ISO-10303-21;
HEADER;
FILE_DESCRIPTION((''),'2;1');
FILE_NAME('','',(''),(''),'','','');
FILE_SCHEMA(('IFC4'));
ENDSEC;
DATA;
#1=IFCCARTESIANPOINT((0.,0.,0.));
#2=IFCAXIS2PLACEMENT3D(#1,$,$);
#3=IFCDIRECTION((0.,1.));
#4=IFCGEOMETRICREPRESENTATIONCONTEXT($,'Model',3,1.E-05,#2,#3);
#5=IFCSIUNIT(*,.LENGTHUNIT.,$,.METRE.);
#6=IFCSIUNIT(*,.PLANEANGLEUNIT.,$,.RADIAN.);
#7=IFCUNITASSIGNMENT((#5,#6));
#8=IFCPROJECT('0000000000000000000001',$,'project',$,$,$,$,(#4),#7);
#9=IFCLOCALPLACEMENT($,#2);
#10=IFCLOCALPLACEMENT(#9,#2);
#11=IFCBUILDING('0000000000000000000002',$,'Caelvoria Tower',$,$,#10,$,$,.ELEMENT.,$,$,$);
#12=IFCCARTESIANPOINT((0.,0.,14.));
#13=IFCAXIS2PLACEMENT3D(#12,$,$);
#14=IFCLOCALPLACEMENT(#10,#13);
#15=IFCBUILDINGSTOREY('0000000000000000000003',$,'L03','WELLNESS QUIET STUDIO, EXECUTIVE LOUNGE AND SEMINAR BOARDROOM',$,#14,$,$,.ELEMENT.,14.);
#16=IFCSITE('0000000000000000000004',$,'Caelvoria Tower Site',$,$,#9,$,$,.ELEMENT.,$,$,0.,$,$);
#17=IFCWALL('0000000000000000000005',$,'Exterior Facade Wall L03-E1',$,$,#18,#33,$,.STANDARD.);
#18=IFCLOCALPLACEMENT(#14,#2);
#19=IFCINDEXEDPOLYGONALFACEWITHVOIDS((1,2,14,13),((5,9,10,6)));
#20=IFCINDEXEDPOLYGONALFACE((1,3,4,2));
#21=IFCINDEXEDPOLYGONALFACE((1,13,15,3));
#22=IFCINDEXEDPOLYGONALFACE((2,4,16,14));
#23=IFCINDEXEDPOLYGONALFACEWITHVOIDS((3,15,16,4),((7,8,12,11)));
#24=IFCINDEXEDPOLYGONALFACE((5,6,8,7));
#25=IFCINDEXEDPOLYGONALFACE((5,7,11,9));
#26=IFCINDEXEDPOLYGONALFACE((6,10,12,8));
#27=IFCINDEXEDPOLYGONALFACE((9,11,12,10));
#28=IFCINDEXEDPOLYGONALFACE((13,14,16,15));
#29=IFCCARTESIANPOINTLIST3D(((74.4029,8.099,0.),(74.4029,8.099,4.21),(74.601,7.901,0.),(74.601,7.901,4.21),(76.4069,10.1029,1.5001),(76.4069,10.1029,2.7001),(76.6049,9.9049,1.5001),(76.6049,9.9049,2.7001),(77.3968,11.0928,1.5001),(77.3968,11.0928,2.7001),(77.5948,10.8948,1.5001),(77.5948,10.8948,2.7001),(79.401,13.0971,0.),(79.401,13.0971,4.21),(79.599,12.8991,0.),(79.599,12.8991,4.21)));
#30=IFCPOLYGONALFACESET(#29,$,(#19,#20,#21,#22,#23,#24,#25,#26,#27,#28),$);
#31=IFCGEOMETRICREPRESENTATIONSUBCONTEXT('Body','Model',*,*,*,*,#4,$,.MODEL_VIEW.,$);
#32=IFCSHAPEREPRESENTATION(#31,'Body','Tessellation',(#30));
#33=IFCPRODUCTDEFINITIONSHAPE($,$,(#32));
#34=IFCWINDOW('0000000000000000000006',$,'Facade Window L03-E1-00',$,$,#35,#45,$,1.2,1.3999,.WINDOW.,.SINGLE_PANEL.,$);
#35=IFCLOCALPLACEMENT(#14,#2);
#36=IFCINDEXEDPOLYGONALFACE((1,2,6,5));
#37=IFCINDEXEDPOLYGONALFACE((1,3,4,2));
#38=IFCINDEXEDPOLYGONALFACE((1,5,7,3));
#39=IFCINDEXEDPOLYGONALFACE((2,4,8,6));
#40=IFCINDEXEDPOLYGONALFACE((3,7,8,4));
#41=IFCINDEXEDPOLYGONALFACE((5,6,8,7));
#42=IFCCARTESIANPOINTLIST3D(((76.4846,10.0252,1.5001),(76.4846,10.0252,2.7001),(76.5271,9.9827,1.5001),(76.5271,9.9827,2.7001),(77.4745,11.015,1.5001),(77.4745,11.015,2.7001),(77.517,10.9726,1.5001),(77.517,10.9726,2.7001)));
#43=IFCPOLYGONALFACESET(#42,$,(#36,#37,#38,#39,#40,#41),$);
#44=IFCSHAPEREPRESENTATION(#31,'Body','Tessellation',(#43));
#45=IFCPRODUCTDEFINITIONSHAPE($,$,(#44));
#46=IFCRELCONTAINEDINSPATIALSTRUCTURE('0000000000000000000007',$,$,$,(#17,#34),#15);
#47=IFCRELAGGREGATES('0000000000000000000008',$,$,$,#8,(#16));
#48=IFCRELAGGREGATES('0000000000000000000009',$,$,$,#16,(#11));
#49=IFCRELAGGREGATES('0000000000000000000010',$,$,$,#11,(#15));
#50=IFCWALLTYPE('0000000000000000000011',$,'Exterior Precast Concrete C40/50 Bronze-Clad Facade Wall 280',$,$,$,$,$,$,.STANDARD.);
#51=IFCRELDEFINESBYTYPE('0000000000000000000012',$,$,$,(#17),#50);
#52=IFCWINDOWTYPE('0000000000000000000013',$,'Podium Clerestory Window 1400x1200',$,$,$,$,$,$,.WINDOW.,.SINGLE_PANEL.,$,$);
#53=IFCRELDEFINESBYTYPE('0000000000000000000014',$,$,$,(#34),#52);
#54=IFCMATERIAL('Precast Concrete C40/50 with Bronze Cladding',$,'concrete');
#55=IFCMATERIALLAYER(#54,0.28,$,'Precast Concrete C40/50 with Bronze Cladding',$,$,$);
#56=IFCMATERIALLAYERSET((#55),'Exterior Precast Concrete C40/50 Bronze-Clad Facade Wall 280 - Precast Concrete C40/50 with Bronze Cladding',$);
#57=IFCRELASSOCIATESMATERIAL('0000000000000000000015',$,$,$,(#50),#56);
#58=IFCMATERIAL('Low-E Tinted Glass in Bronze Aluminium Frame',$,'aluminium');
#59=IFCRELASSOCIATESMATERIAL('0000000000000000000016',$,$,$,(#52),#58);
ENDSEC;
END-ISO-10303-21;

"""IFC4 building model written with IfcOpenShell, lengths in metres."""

from ifc_helpers import new_model, si_unit, direction, frame, frame_2d, origin, place, context, subcontext, project, spatial, rectangle, extrude, material, layer, layer_set, type_object, element, fill, save


model = new_model("IFC4")

# Units and contexts
model_context = context("Model", 3, precision=1e-05, world=origin(), true_north=direction((0.0, 1.0)))
body_context = subcontext(model_context, "Body", "Model", "MODEL_VIEW")
ifc_project = project(units=[si_unit("LENGTHUNIT", "METRE"), si_unit("PLANEANGLEUNIT", "RADIAN")], contexts=[model_context])

# Site, building, storey
site_placement = place(None, origin())
site = spatial("IfcSite", under=ifc_project, at=site_placement, Name="Caelvoria Tower Site", CompositionType="ELEMENT", RefElevation=0.0)
building_placement = place(site_placement, origin())
building = spatial("IfcBuilding", under=site, at=building_placement, Name="Caelvoria Tower", CompositionType="ELEMENT")
storey_placement = place(building_placement, frame((0.0, 0.0, 14.0)))
storey = spatial("IfcBuildingStorey", under=building, at=storey_placement, Name="L03", Description="WELLNESS QUIET STUDIO, EXECUTIVE LOUNGE AND SEMINAR BOARDROOM", CompositionType="ELEMENT", Elevation=14.0)

# Wall, opening, window
ifc_material_1 = material(Name="Precast Concrete C40/50 with Bronze Cladding", Category="concrete")
ifc_layer_1 = layer(ifc_material_1, 0.28, Name="Precast Concrete C40/50 with Bronze Cladding")
ifc_layer_set_1 = layer_set([ifc_layer_1], Name="Exterior Precast Concrete C40/50 Bronze-Clad Facade Wall 280 - Precast Concrete C40/50 with Bronze Cladding")
wall_type_1 = type_object("IfcWallType", Name="Exterior Precast Concrete C40/50 Bronze-Clad Facade Wall 280", PredefinedType="STANDARD", material=ifc_layer_set_1)
wall_1_placement = place(storey_placement, frame((74.502, 8.0, 0.0), z_axis=(0.0, 0.0, 1.0), x_axis=(0.707107, 0.707107, 0.0)))
wall_1 = element("IfcWall", 1, at=wall_1_placement, inside=storey, type_object=wall_type_1, Name="Exterior Facade Wall L03-E1", PredefinedType="STANDARD", context=body_context, shape_type="SweptSolid", body=[
    extrude(rectangle(XDim=7.0684, YDim=0.28, at=frame_2d((3.5342, 0.0))), origin(), (0.0, 0.0, 1.0), 4.21),
])
opening_1_placement = place(wall_1_placement, frame((2.834, 0.0, 1.5)))
opening_1 = element("IfcOpeningElement", 2, at=opening_1_placement, cuts=wall_1, PredefinedType="OPENING", context=body_context, shape_type="SweptSolid", body=[
    extrude(rectangle(XDim=1.3999, YDim=1.2, at=frame_2d((0.7, 0.6001))), frame((0.0, 0.1499, 0.0), z_axis=(0.0, -1.0, 0.0), x_axis=(1.0, 0.0, 0.0)), (0.0, 0.0, 1.0), 0.3),
])
ifc_material_2 = material(Name="Low-E Tinted Glass in Bronze Aluminium Frame", Category="aluminium")
window_type_1 = type_object("IfcWindowType", Name="Podium Clerestory Window 1400x1200", PartitioningType="SINGLE_PANEL", PredefinedType="WINDOW", material=ifc_material_2)
window_1_placement = place(opening_1_placement, origin())
window_1 = element("IfcWindow", 3, at=window_1_placement, inside=storey, type_object=window_type_1, Name="Facade Window L03-E1-00", OverallHeight=1.2, OverallWidth=1.3999, PartitioningType="SINGLE_PANEL", PredefinedType="WINDOW", context=body_context, shape_type="SweptSolid", body=[
    extrude(rectangle(XDim=1.3999, YDim=1.2, at=frame_2d((0.7, 0.6001))), frame((0.0, 0.03, 0.0), z_axis=(0.0, -1.0, 0.0), x_axis=(1.0, 0.0, 0.0)), (0.0, 0.0, 1.0), 0.0601),
])
fill(opening_1, window_1)

save(model, "model.ifc")
